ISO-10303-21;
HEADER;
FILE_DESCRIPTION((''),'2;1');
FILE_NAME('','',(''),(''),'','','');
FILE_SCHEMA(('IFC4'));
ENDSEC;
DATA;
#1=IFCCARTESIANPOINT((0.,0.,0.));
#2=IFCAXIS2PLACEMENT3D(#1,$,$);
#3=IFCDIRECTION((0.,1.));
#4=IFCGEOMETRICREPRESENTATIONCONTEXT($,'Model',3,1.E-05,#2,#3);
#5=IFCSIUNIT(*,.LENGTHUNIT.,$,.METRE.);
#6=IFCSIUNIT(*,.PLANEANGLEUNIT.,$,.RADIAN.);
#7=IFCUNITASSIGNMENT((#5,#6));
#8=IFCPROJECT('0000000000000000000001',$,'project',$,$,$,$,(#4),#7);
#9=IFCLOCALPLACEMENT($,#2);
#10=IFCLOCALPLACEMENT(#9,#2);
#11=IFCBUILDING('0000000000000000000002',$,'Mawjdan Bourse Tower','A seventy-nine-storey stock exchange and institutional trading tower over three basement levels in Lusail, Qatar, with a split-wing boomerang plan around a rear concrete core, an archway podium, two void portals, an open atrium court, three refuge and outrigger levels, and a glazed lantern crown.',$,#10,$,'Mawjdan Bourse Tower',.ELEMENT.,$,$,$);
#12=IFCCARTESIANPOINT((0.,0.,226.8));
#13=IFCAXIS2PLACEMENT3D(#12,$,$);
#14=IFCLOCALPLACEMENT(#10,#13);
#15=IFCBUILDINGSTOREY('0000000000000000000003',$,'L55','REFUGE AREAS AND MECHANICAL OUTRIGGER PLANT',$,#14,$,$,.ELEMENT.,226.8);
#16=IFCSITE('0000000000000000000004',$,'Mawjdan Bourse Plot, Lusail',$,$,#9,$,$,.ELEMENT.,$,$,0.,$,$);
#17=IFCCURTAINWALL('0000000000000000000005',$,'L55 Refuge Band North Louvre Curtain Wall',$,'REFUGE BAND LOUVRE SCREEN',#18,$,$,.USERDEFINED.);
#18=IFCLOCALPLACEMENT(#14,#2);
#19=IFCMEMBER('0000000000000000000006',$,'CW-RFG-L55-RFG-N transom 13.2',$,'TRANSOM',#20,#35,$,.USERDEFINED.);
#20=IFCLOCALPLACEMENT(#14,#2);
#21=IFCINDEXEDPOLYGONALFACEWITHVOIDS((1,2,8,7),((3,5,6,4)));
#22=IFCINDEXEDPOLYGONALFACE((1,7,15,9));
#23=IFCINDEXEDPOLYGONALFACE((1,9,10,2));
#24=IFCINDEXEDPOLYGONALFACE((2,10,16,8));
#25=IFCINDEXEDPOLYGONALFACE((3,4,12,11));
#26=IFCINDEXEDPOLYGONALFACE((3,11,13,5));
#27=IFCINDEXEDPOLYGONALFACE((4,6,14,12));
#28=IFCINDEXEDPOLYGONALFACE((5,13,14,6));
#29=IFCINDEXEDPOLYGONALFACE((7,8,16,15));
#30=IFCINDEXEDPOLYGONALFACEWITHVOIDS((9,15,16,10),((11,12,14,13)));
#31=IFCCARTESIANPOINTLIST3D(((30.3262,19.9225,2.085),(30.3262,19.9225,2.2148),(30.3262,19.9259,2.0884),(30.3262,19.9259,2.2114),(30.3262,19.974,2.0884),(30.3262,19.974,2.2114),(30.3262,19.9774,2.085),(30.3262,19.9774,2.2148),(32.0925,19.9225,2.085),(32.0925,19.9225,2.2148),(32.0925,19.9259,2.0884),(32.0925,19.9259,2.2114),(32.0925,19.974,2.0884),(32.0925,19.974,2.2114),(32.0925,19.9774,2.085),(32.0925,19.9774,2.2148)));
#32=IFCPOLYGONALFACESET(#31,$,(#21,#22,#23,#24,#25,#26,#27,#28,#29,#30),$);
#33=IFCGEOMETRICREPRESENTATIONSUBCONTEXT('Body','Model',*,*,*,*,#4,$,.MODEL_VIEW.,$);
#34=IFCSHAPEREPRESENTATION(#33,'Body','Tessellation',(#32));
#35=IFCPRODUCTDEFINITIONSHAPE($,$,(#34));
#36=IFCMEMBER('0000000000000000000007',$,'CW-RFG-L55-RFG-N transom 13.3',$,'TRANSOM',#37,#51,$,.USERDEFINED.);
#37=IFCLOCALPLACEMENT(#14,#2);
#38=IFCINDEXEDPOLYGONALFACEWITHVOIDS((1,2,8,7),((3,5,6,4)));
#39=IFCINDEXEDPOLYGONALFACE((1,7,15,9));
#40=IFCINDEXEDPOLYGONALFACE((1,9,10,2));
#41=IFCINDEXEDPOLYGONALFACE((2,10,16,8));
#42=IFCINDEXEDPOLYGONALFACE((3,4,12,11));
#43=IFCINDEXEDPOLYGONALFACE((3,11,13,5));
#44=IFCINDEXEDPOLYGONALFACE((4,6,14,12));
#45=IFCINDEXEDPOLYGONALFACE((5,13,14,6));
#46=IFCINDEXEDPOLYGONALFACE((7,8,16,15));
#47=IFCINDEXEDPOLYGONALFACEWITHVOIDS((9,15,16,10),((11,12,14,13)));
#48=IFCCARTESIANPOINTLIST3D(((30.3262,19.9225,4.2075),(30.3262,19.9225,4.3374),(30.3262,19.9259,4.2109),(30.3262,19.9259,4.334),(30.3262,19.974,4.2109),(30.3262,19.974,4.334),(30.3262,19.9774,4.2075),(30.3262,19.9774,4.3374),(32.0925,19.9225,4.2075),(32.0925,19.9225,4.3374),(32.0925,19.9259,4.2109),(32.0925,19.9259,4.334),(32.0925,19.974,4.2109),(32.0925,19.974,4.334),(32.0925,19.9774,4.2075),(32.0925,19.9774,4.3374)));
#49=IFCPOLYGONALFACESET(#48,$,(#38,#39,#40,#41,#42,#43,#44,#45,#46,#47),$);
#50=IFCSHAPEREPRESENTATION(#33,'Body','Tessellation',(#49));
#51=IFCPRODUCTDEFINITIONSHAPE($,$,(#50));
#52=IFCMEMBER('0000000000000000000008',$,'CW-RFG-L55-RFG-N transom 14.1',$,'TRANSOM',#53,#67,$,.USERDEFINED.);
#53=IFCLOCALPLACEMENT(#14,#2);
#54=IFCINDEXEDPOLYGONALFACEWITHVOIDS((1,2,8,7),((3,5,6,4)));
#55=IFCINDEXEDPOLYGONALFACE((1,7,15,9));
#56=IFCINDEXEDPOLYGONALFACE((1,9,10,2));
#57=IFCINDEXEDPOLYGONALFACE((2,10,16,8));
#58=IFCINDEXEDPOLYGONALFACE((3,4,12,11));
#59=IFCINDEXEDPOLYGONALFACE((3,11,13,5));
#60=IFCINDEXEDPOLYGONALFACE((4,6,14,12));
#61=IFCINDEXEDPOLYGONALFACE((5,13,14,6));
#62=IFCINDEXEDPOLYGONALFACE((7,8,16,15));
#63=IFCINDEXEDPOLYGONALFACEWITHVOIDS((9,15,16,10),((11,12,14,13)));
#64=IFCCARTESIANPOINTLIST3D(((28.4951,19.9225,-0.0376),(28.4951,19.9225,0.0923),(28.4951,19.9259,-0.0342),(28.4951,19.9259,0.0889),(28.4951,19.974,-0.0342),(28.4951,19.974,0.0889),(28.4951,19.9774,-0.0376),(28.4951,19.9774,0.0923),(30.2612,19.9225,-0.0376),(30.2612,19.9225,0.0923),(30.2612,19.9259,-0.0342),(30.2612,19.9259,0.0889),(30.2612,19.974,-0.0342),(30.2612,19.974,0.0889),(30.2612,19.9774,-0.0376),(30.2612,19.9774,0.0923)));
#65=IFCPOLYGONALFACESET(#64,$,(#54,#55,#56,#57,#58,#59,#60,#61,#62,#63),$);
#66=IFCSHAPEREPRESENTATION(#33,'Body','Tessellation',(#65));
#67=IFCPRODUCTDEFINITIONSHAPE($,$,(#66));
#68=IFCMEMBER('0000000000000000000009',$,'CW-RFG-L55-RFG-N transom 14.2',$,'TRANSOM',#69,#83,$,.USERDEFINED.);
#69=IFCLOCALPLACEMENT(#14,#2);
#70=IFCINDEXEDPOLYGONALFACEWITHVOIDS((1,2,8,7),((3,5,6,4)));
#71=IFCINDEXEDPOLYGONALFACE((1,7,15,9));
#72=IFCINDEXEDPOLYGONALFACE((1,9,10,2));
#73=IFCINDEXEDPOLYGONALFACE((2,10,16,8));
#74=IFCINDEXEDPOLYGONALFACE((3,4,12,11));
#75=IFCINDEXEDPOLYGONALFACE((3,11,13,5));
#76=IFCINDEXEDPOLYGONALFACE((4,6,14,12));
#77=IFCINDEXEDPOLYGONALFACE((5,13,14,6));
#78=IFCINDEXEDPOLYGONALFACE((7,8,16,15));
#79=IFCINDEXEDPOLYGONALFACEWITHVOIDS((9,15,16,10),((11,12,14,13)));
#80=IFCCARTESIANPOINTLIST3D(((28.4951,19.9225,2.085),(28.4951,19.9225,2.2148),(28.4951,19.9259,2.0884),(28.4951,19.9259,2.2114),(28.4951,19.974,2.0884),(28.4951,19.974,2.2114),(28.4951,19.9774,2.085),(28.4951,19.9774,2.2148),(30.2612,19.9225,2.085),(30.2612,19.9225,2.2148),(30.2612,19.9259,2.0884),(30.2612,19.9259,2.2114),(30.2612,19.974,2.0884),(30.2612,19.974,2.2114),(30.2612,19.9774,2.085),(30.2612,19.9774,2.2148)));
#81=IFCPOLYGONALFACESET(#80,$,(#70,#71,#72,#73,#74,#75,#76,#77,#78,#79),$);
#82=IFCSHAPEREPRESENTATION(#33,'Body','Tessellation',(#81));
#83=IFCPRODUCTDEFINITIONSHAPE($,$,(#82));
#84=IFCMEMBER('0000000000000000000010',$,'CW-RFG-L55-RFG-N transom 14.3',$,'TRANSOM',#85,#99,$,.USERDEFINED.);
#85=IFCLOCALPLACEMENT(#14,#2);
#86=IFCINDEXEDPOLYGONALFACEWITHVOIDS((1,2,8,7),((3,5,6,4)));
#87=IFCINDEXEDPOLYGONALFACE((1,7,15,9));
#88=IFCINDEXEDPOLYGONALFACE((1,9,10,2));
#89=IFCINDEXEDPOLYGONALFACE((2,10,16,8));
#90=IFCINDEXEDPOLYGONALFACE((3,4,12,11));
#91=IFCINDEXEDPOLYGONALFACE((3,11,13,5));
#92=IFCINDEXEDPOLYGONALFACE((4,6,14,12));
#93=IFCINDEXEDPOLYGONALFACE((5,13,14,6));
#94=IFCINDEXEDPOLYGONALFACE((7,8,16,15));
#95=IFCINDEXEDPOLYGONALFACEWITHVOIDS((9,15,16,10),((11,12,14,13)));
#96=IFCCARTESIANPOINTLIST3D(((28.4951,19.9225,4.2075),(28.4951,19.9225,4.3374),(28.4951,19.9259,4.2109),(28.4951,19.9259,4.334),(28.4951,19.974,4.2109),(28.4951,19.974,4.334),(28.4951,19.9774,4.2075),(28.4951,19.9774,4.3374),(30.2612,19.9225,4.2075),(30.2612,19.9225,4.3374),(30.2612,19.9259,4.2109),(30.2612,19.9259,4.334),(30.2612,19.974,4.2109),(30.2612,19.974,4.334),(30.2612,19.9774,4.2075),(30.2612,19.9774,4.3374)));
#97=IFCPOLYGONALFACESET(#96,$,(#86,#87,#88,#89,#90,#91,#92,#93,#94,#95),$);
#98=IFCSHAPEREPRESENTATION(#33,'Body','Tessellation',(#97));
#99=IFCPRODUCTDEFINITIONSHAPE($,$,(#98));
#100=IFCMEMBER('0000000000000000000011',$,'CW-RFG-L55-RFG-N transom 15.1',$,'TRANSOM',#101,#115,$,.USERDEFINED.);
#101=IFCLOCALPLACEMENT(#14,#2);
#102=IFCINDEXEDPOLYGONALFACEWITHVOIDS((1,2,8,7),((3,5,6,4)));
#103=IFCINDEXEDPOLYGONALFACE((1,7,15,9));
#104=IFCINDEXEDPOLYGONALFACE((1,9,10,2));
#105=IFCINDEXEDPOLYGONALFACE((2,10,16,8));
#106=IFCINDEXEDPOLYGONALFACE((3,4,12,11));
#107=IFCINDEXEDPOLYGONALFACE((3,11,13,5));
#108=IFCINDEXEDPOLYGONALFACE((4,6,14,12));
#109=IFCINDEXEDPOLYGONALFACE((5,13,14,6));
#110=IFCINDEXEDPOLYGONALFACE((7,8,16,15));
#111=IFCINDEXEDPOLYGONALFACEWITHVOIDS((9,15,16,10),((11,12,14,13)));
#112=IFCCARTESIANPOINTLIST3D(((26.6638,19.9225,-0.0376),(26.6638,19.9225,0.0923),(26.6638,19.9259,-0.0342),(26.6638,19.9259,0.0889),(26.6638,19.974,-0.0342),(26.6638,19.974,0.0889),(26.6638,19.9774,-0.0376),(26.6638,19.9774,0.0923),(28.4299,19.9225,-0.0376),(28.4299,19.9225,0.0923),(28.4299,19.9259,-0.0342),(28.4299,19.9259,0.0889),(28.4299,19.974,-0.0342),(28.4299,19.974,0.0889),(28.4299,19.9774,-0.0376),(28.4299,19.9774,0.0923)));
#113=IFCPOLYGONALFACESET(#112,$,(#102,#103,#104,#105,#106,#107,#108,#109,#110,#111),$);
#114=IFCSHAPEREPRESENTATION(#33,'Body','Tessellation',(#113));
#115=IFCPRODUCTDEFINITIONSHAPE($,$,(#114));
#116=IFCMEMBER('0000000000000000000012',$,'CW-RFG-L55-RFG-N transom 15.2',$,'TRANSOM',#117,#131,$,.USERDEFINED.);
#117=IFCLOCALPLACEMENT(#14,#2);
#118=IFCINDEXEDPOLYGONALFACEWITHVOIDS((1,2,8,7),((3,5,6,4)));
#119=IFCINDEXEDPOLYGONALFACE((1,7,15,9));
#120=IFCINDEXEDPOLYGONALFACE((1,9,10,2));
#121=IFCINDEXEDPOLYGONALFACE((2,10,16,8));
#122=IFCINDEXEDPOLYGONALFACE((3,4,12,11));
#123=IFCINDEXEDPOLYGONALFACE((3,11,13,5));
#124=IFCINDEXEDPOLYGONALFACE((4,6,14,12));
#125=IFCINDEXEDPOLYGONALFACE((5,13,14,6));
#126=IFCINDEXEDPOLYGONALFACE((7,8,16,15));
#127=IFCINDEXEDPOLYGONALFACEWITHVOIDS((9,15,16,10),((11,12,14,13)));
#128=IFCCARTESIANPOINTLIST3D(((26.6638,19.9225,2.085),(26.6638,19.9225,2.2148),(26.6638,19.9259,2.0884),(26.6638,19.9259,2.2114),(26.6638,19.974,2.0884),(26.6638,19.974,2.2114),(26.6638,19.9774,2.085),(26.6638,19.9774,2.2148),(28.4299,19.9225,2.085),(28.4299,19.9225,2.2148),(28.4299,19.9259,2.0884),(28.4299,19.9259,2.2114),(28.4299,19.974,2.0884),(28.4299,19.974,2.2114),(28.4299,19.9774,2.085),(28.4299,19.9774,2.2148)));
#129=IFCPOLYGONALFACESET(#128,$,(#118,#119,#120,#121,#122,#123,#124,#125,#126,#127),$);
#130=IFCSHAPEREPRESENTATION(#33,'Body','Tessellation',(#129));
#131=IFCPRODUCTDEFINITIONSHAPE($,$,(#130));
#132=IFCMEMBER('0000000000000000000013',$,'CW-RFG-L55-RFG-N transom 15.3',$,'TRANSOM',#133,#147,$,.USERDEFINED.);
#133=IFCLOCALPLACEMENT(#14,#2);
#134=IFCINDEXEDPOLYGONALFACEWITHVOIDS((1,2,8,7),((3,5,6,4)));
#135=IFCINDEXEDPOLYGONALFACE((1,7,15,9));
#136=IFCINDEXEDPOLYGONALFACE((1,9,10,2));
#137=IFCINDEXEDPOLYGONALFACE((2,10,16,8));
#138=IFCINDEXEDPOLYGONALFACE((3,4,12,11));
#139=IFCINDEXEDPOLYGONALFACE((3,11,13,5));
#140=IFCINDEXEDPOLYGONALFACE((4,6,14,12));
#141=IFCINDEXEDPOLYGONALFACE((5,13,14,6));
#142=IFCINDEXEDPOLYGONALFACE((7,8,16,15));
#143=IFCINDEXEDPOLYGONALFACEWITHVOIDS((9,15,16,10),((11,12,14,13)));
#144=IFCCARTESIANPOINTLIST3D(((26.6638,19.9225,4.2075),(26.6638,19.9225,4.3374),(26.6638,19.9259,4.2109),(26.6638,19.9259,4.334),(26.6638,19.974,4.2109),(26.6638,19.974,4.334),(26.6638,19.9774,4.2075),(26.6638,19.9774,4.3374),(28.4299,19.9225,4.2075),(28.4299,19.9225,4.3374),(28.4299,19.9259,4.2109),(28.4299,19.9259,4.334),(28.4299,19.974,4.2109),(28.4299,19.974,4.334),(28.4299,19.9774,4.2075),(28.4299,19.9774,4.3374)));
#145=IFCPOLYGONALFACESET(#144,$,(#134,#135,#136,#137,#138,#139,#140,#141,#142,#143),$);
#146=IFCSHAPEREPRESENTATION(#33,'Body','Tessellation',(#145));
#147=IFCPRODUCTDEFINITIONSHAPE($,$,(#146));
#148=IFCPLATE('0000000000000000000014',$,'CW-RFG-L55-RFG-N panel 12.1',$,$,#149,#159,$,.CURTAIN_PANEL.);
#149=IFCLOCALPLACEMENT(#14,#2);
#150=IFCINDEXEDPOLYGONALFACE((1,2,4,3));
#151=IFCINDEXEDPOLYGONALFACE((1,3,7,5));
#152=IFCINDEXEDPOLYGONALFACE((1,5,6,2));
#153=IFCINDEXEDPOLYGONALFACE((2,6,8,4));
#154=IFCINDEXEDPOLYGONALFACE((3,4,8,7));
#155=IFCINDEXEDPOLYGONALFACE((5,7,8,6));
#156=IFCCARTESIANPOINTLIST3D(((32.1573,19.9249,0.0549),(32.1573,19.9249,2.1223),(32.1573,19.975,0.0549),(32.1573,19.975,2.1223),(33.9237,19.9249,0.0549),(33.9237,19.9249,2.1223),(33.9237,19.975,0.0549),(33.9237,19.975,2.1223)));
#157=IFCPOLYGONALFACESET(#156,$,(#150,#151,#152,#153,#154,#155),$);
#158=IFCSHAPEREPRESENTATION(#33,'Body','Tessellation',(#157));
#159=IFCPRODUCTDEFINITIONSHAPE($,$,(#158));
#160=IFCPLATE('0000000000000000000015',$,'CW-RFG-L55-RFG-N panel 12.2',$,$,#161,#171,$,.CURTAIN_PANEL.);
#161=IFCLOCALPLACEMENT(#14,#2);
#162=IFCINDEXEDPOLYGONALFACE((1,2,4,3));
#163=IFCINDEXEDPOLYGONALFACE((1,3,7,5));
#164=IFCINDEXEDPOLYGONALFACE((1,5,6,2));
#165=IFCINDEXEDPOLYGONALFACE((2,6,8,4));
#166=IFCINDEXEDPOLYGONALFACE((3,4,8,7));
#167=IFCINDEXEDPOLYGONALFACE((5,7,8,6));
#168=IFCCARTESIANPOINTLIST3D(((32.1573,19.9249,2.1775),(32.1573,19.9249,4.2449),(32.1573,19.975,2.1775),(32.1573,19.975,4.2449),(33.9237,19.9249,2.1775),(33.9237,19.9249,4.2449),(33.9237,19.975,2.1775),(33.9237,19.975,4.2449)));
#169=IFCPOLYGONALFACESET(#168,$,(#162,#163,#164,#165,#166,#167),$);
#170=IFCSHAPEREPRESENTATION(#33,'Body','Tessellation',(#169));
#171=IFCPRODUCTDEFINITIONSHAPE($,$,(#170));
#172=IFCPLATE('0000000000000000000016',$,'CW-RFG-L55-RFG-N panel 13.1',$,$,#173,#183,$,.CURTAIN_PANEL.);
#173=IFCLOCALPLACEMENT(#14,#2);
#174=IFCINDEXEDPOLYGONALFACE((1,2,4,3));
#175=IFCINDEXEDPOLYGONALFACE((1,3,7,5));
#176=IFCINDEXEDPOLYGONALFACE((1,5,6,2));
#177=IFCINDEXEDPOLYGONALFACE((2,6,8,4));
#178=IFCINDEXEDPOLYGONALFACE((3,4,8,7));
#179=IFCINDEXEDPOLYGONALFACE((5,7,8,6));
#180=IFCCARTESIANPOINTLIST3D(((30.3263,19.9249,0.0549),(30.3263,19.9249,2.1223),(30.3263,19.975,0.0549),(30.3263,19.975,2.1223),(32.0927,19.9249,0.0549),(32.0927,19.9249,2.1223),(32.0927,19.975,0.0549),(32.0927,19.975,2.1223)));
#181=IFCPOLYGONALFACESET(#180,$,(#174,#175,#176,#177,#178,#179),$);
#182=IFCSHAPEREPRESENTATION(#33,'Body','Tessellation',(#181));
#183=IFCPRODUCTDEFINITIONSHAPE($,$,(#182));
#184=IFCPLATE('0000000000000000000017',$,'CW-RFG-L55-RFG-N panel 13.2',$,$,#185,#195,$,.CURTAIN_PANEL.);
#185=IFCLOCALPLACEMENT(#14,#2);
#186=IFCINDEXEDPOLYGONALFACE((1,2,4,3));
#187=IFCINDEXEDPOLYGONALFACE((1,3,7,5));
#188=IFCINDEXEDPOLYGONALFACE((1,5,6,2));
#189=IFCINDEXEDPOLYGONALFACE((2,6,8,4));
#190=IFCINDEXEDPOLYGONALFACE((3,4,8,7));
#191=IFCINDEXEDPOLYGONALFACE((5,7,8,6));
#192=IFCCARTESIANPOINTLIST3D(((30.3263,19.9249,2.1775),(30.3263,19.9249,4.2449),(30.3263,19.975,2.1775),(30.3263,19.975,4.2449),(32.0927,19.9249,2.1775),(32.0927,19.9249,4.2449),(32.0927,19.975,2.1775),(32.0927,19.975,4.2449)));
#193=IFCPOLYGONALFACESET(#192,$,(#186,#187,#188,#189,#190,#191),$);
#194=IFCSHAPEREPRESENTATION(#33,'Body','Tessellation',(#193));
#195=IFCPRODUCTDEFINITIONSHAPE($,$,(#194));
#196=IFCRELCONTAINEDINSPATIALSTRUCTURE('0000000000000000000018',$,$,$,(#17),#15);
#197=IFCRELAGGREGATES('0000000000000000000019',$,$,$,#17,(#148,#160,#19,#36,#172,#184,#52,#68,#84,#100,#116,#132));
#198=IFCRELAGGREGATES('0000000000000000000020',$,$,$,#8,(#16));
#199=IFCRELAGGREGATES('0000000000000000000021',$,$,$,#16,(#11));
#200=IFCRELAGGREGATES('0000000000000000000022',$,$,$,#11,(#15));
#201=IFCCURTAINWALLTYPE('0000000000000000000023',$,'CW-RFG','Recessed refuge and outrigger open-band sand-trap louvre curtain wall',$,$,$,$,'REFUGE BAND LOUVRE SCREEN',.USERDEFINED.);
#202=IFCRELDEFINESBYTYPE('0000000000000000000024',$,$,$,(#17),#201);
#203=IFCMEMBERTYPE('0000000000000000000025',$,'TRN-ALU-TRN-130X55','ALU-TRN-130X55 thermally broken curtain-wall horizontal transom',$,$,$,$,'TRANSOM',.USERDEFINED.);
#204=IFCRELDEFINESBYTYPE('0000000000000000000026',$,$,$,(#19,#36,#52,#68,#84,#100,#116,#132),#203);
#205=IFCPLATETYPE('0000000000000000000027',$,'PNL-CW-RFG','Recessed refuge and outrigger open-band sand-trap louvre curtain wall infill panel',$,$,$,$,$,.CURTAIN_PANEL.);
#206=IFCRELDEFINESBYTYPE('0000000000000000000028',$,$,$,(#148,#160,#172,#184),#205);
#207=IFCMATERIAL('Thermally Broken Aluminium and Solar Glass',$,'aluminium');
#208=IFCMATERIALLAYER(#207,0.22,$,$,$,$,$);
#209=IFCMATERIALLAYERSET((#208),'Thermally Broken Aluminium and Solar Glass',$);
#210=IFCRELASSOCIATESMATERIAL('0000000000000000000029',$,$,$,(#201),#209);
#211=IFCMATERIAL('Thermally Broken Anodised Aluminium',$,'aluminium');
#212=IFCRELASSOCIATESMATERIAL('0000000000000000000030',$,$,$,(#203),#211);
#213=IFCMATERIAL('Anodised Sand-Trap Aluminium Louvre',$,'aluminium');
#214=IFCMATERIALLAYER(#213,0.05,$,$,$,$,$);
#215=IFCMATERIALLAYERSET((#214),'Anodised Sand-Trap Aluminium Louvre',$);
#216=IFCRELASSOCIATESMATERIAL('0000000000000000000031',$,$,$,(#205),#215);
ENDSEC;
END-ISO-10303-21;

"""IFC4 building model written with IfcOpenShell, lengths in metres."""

from ifc_helpers import new_model, si_unit, direction, frame, origin, origin_2d, place, context, subcontext, project, spatial, rectangle, hollow_rectangle, extrude, material, layer, layer_set, material_profile, profile_set, type_object, element, aggregate, save


model = new_model("IFC4")

# Units and contexts
model_context = context("Model", 3, precision=1e-05, world=origin(), true_north=direction((0.0, 1.0)))
body_context = subcontext(model_context, "Body", "Model", "MODEL_VIEW")
ifc_project = project(units=[si_unit("LENGTHUNIT", "METRE"), si_unit("PLANEANGLEUNIT", "RADIAN")], contexts=[model_context])

# Site, building, storey
site_placement = place(None, origin())
site = spatial("IfcSite", under=ifc_project, at=site_placement, Name="Mawjdan Bourse Plot, Lusail", CompositionType="ELEMENT", RefElevation=0.0)
building_placement = place(site_placement, origin())
building = spatial("IfcBuilding", under=site, at=building_placement, Name="Mawjdan Bourse Tower", Description="A seventy-nine-storey stock exchange and institutional trading tower over three basement levels in Lusail, Qatar, with a split-wing boomerang plan around a rear concrete core, an archway podium, two void portals, an open atrium court, three refuge and outrigger levels, and a glazed lantern crown.", LongName="Mawjdan Bourse Tower", CompositionType="ELEMENT")
storey_placement = place(building_placement, frame((0.0, 0.0, 226.8)))
storey = spatial("IfcBuildingStorey", under=building, at=storey_placement, Name="L55", Description="REFUGE AREAS AND MECHANICAL OUTRIGGER PLANT", CompositionType="ELEMENT", Elevation=226.8)

# Curtain wall
ifc_material_1 = material(Name="Thermally Broken Aluminium and Solar Glass", Category="aluminium")
ifc_layer_1 = layer(ifc_material_1, 0.22)
ifc_layer_set_1 = layer_set([ifc_layer_1], Name="Thermally Broken Aluminium and Solar Glass")
curtain_wall_type = type_object("IfcCurtainWallType", Name="CW-RFG", Description="Recessed refuge and outrigger open-band sand-trap louvre curtain wall", ElementType="REFUGE BAND LOUVRE SCREEN", PredefinedType="USERDEFINED", material=ifc_layer_set_1)
curtain_wall_placement = place(storey_placement, origin())
curtain_wall = element("IfcCurtainWall", 1, at=curtain_wall_placement, inside=storey, type_object=curtain_wall_type, Name="L55 Refuge Band North Louvre Curtain Wall", ObjectType="REFUGE BAND LOUVRE SCREEN", PredefinedType="USERDEFINED")
ifc_material_2 = material(Name="Thermally Broken Anodised Aluminium", Category="aluminium")

# Members
ifc_material_profile_1 = material_profile(ifc_material_2, hollow_rectangle(XDim=0.0549, YDim=0.1299, WallThickness=0.0034, at=origin_2d()), Name="ALU-TRN-130X55")
ifc_profile_set_1 = profile_set([ifc_material_profile_1], Name="Thermally Broken Anodised Aluminium")
member_type_1 = type_object("IfcMemberType", Name="TRN-ALU-TRN-130X55", Description="ALU-TRN-130X55 thermally broken curtain-wall horizontal transom", ElementType="TRANSOM", PredefinedType="USERDEFINED", material=ifc_profile_set_1)
member_1_placement = place(storey_placement, frame((32.0925, 19.95, 2.1499), z_axis=(-1.0, 0.0, 0.0), x_axis=(0.0, -1.0, 0.0)))
member_1 = element("IfcMember", 2, at=member_1_placement, type_object=member_type_1, Name="CW-RFG-L55-RFG-N transom 13.2", ObjectType="TRANSOM", PredefinedType="USERDEFINED", context=body_context, shape_type="SweptSolid", body=[
    extrude(hollow_rectangle(XDim=0.0549, YDim=0.1299, WallThickness=0.0034, at=origin_2d()), origin(), (0.0, 0.0, 1.0), 1.7664),
])
member_2_placement = place(storey_placement, frame((32.0925, 19.95, 4.2725), z_axis=(-1.0, 0.0, 0.0), x_axis=(0.0, -1.0, 0.0)))
member_2 = element("IfcMember", 3, at=member_2_placement, type_object=member_type_1, Name="CW-RFG-L55-RFG-N transom 13.3", ObjectType="TRANSOM", PredefinedType="USERDEFINED", context=body_context, shape_type="SweptSolid", body=[
    extrude(hollow_rectangle(XDim=0.0549, YDim=0.1299, WallThickness=0.0034, at=origin_2d()), origin(), (0.0, 0.0, 1.0), 1.7664),
])
member_3_placement = place(storey_placement, frame((30.2612, 19.95, 0.0273), z_axis=(-1.0, 0.0, 0.0), x_axis=(0.0, -1.0, 0.0)))
member_3 = element("IfcMember", 4, at=member_3_placement, type_object=member_type_1, Name="CW-RFG-L55-RFG-N transom 14.1", ObjectType="TRANSOM", PredefinedType="USERDEFINED", context=body_context, shape_type="SweptSolid", body=[
    extrude(hollow_rectangle(XDim=0.0549, YDim=0.1299, WallThickness=0.0034, at=origin_2d()), origin(), (0.0, 0.0, 1.0), 1.7661),
])
member_4_placement = place(storey_placement, frame((30.2612, 19.95, 2.1499), z_axis=(-1.0, 0.0, 0.0), x_axis=(0.0, -1.0, 0.0)))
member_4 = element("IfcMember", 5, at=member_4_placement, type_object=member_type_1, Name="CW-RFG-L55-RFG-N transom 14.2", ObjectType="TRANSOM", PredefinedType="USERDEFINED", context=body_context, shape_type="SweptSolid", body=[
    extrude(hollow_rectangle(XDim=0.0549, YDim=0.1299, WallThickness=0.0034, at=origin_2d()), origin(), (0.0, 0.0, 1.0), 1.7661),
])
member_5_placement = place(storey_placement, frame((30.2612, 19.95, 4.2725), z_axis=(-1.0, 0.0, 0.0), x_axis=(0.0, -1.0, 0.0)))
member_5 = element("IfcMember", 6, at=member_5_placement, type_object=member_type_1, Name="CW-RFG-L55-RFG-N transom 14.3", ObjectType="TRANSOM", PredefinedType="USERDEFINED", context=body_context, shape_type="SweptSolid", body=[
    extrude(hollow_rectangle(XDim=0.0549, YDim=0.1299, WallThickness=0.0034, at=origin_2d()), origin(), (0.0, 0.0, 1.0), 1.7661),
])
member_6_placement = place(storey_placement, frame((28.4299, 19.95, 0.0273), z_axis=(-1.0, 0.0, 0.0), x_axis=(0.0, -1.0, 0.0)))
member_6 = element("IfcMember", 7, at=member_6_placement, type_object=member_type_1, Name="CW-RFG-L55-RFG-N transom 15.1", ObjectType="TRANSOM", PredefinedType="USERDEFINED", context=body_context, shape_type="SweptSolid", body=[
    extrude(hollow_rectangle(XDim=0.0549, YDim=0.1299, WallThickness=0.0034, at=origin_2d()), origin(), (0.0, 0.0, 1.0), 1.7661),
])
member_7_placement = place(storey_placement, frame((28.4299, 19.95, 2.1499), z_axis=(-1.0, 0.0, 0.0), x_axis=(0.0, -1.0, 0.0)))
member_7 = element("IfcMember", 8, at=member_7_placement, type_object=member_type_1, Name="CW-RFG-L55-RFG-N transom 15.2", ObjectType="TRANSOM", PredefinedType="USERDEFINED", context=body_context, shape_type="SweptSolid", body=[
    extrude(hollow_rectangle(XDim=0.0549, YDim=0.1299, WallThickness=0.0034, at=origin_2d()), origin(), (0.0, 0.0, 1.0), 1.7661),
])
member_8_placement = place(storey_placement, frame((28.4299, 19.95, 4.2725), z_axis=(-1.0, 0.0, 0.0), x_axis=(0.0, -1.0, 0.0)))
member_8 = element("IfcMember", 9, at=member_8_placement, type_object=member_type_1, Name="CW-RFG-L55-RFG-N transom 15.3", ObjectType="TRANSOM", PredefinedType="USERDEFINED", context=body_context, shape_type="SweptSolid", body=[
    extrude(hollow_rectangle(XDim=0.0549, YDim=0.1299, WallThickness=0.0034, at=origin_2d()), origin(), (0.0, 0.0, 1.0), 1.7661),
])

# Plates
ifc_material_3 = material(Name="Anodised Sand-Trap Aluminium Louvre", Category="aluminium")
ifc_layer_2 = layer(ifc_material_3, 0.05)
ifc_layer_set_2 = layer_set([ifc_layer_2], Name="Anodised Sand-Trap Aluminium Louvre")
plate_type = type_object("IfcPlateType", Name="PNL-CW-RFG", Description="Recessed refuge and outrigger open-band sand-trap louvre curtain wall infill panel", PredefinedType="CURTAIN_PANEL", material=ifc_layer_set_2)
plate_1_placement = place(storey_placement, frame((33.0405, 19.95, 0.0549), z_axis=(0.0, 0.0, 1.0), x_axis=(-1.0, 0.0, 0.0)))
plate_1 = element("IfcPlate", 10, at=plate_1_placement, type_object=plate_type, Name="CW-RFG-L55-RFG-N panel 12.1", PredefinedType="CURTAIN_PANEL", context=body_context, shape_type="SweptSolid", body=[
    extrude(rectangle(XDim=1.7664, YDim=0.05, at=origin_2d()), origin(), (0.0, 0.0, 1.0), 2.0674),
])
plate_2_placement = place(storey_placement, frame((33.0405, 19.95, 2.1775), z_axis=(0.0, 0.0, 1.0), x_axis=(-1.0, 0.0, 0.0)))
plate_2 = element("IfcPlate", 11, at=plate_2_placement, type_object=plate_type, Name="CW-RFG-L55-RFG-N panel 12.2", PredefinedType="CURTAIN_PANEL", context=body_context, shape_type="SweptSolid", body=[
    extrude(rectangle(XDim=1.7664, YDim=0.05, at=origin_2d()), origin(), (0.0, 0.0, 1.0), 2.0674),
])
plate_3_placement = place(storey_placement, frame((31.2095, 19.95, 0.0549), z_axis=(0.0, 0.0, 1.0), x_axis=(-1.0, 0.0, 0.0)))
plate_3 = element("IfcPlate", 12, at=plate_3_placement, type_object=plate_type, Name="CW-RFG-L55-RFG-N panel 13.1", PredefinedType="CURTAIN_PANEL", context=body_context, shape_type="SweptSolid", body=[
    extrude(rectangle(XDim=1.7664, YDim=0.05, at=origin_2d()), origin(), (0.0, 0.0, 1.0), 2.0674),
])
plate_4_placement = place(storey_placement, frame((31.2095, 19.95, 2.1775), z_axis=(0.0, 0.0, 1.0), x_axis=(-1.0, 0.0, 0.0)))
plate_4 = element("IfcPlate", 13, at=plate_4_placement, type_object=plate_type, Name="CW-RFG-L55-RFG-N panel 13.2", PredefinedType="CURTAIN_PANEL", context=body_context, shape_type="SweptSolid", body=[
    extrude(rectangle(XDim=1.7664, YDim=0.05, at=origin_2d()), origin(), (0.0, 0.0, 1.0), 2.0674),
])
aggregate(curtain_wall, [plate_1, plate_2, member_1, member_2, plate_3, plate_4, member_3, member_4, member_5, member_6, member_7, member_8])

save(model, "model.ifc")
